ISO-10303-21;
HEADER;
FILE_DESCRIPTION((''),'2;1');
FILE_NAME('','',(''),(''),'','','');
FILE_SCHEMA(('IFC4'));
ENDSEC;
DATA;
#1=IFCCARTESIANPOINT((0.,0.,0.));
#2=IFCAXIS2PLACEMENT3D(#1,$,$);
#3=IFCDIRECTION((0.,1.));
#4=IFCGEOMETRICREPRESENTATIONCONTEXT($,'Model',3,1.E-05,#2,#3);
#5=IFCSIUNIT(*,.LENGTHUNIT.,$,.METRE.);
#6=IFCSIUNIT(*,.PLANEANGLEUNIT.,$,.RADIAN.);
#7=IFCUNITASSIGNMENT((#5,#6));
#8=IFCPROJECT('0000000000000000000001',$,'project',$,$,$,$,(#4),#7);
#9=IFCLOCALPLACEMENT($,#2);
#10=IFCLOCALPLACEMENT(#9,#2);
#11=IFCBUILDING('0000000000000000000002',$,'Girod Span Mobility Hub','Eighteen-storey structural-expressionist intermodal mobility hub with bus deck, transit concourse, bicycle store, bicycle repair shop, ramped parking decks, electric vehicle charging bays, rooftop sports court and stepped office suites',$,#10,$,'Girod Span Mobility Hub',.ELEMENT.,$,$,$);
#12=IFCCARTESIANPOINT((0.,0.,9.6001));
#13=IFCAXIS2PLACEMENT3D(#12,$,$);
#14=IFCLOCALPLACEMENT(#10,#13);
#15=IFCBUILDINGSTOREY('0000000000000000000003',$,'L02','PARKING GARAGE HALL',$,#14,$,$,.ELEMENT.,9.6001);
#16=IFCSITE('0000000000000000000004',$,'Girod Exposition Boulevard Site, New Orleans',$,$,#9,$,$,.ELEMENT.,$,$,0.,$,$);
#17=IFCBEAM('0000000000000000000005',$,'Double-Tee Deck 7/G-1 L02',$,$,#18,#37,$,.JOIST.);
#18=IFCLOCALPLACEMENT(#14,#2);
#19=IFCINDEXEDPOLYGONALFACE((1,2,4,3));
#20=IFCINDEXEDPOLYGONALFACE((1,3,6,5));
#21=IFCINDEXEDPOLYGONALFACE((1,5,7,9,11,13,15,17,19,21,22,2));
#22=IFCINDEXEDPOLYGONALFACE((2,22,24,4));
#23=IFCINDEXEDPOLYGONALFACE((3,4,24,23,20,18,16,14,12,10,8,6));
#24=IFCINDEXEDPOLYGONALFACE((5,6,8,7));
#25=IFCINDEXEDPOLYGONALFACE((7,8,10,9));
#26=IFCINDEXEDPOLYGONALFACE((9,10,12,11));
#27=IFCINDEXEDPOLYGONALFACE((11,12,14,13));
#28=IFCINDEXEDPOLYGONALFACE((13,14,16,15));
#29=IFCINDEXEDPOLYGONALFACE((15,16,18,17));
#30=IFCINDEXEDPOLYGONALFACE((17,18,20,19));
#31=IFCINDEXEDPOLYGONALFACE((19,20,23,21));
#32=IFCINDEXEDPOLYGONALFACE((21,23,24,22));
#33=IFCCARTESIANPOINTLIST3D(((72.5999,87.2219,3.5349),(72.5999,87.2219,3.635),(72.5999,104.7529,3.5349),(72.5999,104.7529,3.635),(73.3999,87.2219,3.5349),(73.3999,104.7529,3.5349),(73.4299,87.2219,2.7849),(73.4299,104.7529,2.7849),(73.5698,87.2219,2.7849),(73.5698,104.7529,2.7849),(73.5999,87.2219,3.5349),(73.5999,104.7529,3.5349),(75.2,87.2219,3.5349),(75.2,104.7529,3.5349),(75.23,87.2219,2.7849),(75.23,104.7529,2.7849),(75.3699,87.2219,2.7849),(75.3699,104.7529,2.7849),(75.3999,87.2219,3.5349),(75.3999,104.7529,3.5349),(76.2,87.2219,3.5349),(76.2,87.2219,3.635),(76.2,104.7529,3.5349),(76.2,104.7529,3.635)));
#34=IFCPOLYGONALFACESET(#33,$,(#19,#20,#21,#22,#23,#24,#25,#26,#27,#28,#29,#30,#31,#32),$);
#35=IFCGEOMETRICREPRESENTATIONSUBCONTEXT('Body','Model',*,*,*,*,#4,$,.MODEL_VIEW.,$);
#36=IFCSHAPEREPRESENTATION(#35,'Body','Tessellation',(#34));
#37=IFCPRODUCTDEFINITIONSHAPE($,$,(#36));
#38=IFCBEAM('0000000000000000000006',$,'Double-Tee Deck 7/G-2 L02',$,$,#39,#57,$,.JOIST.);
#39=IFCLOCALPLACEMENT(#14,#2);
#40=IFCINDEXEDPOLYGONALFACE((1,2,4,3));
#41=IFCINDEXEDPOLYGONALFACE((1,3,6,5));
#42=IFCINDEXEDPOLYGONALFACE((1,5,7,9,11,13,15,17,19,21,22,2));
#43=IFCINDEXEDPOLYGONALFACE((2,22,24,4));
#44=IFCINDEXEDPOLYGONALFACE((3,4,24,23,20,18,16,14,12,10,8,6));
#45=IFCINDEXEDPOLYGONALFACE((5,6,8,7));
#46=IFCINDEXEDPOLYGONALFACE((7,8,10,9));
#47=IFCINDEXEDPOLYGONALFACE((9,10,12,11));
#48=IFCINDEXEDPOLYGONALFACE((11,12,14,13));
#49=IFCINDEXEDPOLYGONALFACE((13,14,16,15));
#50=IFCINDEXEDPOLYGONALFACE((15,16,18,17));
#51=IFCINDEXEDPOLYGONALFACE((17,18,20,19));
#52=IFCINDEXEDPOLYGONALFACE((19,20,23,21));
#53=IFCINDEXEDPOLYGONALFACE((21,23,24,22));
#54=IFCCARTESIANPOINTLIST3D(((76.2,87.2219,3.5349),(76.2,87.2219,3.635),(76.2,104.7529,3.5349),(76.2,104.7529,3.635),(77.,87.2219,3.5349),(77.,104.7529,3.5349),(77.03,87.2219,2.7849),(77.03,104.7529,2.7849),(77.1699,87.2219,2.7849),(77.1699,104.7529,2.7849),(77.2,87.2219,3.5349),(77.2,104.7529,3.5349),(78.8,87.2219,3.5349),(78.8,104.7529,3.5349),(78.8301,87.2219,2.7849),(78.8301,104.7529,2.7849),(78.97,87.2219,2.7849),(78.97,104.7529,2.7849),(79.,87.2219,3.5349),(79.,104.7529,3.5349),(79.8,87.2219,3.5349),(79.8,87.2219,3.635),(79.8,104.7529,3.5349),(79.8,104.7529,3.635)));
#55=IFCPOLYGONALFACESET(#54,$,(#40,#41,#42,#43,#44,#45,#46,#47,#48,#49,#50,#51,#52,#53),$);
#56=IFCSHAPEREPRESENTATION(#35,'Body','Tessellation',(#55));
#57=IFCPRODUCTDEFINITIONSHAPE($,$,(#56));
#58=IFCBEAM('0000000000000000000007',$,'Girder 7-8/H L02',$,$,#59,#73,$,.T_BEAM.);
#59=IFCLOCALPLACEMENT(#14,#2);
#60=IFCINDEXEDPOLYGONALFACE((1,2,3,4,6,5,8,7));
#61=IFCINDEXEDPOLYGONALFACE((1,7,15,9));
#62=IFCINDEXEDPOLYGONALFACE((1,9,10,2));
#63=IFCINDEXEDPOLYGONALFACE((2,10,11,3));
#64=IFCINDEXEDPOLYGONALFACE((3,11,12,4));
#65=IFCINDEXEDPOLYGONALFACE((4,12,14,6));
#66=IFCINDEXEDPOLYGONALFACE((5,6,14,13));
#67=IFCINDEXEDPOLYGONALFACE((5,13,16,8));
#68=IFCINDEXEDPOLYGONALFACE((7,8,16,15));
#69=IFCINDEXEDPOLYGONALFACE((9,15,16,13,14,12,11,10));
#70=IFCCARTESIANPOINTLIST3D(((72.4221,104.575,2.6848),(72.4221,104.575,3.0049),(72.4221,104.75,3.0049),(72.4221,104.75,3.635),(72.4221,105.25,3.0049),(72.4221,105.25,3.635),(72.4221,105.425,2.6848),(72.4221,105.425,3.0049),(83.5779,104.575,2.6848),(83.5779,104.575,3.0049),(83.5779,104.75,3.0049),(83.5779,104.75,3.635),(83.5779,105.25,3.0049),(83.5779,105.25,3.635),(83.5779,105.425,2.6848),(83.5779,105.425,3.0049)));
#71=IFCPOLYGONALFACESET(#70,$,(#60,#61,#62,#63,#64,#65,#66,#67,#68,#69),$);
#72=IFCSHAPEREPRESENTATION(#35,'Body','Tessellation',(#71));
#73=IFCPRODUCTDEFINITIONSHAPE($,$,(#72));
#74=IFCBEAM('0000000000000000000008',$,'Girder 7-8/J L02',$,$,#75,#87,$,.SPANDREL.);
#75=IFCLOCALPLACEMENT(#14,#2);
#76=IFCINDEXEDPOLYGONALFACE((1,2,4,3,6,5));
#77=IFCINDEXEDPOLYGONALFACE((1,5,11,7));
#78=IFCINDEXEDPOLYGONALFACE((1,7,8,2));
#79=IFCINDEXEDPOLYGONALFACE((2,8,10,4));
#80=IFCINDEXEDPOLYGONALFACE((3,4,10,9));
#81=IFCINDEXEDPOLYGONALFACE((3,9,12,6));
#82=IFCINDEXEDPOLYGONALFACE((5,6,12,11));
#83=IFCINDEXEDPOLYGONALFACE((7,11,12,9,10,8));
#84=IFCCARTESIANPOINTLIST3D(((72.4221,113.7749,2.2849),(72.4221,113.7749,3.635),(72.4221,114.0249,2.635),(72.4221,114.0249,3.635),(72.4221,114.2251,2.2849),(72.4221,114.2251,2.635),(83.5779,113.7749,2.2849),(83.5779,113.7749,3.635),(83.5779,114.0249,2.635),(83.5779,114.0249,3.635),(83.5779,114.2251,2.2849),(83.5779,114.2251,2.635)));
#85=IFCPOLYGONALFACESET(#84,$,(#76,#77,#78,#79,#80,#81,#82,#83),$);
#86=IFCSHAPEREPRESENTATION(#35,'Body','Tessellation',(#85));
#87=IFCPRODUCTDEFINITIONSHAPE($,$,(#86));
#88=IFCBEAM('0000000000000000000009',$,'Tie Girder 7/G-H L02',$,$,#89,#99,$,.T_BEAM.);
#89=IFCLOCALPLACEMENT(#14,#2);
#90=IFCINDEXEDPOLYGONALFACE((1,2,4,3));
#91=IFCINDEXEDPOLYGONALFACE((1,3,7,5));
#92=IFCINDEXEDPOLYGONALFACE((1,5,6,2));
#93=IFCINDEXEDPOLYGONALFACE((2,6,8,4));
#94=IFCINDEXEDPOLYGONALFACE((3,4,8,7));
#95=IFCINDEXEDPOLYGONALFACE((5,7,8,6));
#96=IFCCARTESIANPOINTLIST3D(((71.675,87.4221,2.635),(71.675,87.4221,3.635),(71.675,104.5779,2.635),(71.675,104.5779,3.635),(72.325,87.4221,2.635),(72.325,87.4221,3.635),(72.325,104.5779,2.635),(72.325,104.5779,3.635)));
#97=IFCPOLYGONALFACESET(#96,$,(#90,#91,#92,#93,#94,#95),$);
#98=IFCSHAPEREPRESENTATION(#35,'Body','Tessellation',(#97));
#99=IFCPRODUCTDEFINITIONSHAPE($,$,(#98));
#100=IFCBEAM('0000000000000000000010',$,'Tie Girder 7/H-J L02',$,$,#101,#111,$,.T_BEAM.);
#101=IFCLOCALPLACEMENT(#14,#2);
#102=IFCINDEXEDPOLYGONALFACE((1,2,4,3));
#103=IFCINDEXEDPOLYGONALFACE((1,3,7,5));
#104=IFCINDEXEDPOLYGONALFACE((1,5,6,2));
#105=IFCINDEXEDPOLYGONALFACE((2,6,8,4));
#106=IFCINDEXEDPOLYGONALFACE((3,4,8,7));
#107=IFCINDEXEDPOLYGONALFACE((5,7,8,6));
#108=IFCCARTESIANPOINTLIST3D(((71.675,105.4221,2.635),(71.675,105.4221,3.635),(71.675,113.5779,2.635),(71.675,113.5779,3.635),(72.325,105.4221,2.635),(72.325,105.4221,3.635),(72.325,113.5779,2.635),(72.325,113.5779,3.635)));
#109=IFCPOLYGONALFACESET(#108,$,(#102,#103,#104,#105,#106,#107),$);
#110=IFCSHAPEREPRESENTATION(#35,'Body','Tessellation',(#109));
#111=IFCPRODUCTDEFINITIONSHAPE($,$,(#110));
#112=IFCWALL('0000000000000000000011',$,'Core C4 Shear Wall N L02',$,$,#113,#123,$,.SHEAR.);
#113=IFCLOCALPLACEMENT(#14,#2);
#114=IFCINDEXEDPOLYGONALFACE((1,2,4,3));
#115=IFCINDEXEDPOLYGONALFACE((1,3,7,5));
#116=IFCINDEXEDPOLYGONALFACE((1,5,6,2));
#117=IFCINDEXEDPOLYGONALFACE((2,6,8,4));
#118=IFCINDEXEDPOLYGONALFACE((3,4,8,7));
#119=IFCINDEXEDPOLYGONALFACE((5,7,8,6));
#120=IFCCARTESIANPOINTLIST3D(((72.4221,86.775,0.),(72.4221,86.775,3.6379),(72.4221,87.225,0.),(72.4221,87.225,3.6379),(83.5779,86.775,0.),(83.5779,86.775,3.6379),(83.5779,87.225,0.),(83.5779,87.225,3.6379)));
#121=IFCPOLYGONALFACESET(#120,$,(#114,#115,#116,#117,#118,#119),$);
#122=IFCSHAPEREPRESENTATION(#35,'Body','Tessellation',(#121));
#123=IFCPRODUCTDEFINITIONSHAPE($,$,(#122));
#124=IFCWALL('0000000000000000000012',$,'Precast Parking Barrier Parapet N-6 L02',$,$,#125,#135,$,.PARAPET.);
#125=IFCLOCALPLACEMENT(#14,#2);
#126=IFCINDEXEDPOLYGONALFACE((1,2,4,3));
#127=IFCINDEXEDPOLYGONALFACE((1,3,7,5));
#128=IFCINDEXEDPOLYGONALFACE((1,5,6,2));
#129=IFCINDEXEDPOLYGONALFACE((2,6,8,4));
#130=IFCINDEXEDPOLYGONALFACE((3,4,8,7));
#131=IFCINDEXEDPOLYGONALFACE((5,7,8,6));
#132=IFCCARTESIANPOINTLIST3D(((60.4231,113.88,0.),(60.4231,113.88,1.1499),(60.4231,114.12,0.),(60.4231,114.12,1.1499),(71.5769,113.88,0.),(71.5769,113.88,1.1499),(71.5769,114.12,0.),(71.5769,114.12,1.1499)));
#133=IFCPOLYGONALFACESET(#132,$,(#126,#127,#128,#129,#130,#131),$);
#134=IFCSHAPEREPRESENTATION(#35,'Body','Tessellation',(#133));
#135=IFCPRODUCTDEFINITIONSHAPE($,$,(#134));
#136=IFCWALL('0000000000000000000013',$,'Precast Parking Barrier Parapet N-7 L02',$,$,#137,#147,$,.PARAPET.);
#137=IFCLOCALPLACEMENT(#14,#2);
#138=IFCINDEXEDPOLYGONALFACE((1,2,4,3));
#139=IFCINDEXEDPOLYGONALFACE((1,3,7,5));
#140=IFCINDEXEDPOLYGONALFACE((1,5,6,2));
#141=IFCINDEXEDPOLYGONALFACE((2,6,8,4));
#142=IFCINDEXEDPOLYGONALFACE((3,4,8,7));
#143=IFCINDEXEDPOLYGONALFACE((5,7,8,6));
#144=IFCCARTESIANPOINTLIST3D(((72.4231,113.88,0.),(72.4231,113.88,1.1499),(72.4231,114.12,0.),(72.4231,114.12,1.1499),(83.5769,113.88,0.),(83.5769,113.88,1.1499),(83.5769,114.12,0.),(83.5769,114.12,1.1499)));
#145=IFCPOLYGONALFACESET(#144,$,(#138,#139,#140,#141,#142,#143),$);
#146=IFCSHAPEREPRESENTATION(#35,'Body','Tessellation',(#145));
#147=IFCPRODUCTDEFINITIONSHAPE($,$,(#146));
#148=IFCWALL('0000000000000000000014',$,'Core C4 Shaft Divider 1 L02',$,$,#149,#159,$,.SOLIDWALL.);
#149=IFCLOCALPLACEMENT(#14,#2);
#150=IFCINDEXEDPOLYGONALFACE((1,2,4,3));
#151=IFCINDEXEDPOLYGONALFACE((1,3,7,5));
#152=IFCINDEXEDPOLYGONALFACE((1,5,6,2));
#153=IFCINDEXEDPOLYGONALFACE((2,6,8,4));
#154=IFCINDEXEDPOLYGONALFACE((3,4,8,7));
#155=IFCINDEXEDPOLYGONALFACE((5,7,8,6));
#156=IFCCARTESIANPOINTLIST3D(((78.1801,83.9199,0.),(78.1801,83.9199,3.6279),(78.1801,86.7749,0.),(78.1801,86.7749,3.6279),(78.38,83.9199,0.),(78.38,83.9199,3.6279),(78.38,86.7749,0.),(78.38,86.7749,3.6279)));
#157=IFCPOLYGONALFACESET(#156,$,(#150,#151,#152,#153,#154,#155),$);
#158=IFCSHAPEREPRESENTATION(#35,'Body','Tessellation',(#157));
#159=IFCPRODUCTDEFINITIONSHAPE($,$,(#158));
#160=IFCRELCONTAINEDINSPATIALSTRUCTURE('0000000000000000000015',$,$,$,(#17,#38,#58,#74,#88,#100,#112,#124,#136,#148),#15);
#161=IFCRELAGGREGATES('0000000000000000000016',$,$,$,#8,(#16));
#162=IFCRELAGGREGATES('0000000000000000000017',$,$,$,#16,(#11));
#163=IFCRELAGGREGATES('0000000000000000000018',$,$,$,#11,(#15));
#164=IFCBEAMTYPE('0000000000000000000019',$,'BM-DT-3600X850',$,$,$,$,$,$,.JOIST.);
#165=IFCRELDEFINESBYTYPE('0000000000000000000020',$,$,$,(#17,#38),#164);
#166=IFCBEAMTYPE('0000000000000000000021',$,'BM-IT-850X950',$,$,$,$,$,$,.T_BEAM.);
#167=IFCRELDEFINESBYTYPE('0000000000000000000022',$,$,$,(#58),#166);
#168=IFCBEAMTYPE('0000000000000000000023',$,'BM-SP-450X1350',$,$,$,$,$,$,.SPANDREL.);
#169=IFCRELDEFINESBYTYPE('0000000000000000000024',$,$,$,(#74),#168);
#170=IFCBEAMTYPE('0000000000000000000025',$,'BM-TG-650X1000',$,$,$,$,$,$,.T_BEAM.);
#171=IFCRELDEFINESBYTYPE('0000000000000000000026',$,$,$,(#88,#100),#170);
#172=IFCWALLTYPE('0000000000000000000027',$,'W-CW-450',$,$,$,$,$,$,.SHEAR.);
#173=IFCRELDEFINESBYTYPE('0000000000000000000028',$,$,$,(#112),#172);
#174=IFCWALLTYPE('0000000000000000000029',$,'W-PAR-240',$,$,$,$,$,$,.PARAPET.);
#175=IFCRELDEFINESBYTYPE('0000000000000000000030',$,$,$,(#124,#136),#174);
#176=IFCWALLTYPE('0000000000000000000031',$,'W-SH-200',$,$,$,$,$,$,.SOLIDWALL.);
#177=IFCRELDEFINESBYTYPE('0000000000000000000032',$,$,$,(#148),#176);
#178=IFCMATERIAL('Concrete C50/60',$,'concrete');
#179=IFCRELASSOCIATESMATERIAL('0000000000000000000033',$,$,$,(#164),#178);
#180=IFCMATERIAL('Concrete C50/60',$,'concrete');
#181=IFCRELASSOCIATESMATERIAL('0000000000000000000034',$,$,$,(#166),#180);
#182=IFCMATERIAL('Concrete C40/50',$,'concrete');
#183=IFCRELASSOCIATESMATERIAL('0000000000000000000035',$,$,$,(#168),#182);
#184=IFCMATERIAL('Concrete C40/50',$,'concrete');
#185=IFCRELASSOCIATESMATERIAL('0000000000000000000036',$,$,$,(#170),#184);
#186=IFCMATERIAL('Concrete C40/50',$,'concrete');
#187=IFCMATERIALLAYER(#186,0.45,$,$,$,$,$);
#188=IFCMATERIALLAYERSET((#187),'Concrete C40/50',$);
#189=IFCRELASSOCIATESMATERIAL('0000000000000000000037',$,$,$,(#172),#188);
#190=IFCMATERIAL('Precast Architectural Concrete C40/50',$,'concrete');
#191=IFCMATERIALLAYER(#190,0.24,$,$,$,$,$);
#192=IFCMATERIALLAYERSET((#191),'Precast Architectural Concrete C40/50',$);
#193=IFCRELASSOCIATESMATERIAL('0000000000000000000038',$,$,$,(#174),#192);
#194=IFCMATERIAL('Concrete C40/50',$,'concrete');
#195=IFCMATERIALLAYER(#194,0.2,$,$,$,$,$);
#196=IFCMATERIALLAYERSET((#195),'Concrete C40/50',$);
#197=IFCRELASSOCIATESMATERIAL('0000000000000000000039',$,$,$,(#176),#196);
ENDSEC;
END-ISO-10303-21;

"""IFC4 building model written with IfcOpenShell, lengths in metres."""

from ifc_helpers import new_model, si_unit, direction, frame, frame_2d, origin, origin_2d, place, context, subcontext, project, spatial, polyline, rectangle, outline, extrude, material, layer, layer_set, material_profile, profile_set, type_object, element, save


model = new_model("IFC4")

# Units and contexts
model_context = context("Model", 3, precision=1e-05, world=origin(), true_north=direction((0.0, 1.0)))
body_context = subcontext(model_context, "Body", "Model", "MODEL_VIEW")
ifc_project = project(units=[si_unit("LENGTHUNIT", "METRE"), si_unit("PLANEANGLEUNIT", "RADIAN")], contexts=[model_context])

# Site, building, storey
site_placement = place(None, origin())
site = spatial("IfcSite", under=ifc_project, at=site_placement, Name="Girod Exposition Boulevard Site, New Orleans", CompositionType="ELEMENT", RefElevation=0.0)
building_placement = place(site_placement, origin())
building = spatial("IfcBuilding", under=site, at=building_placement, Name="Girod Span Mobility Hub", Description="Eighteen-storey structural-expressionist intermodal mobility hub with bus deck, transit concourse, bicycle store, bicycle repair shop, ramped parking decks, electric vehicle charging bays, rooftop sports court and stepped office suites", LongName="Girod Span Mobility Hub", CompositionType="ELEMENT")
storey_placement = place(building_placement, frame((0.0, 0.0, 9.6001)))
storey = spatial("IfcBuildingStorey", under=building, at=storey_placement, Name="L02", Description="PARKING GARAGE HALL", CompositionType="ELEMENT", Elevation=9.6001)

# Beams
ifc_material_1 = material(Name="Concrete C50/60", Category="concrete")
ifc_material_profile_1 = material_profile(ifc_material_1, outline(polyline([(-1.8, 0.425), (-1.8, 0.325), (-1.0, 0.325), (-0.97, -0.425), (-0.8301, -0.425), (-0.8, 0.325), (0.8, 0.325), (0.8301, -0.425), (0.97, -0.425), (1.0, 0.325), (1.8, 0.325), (1.8, 0.425), (-1.8, 0.425)])), Name="DT-3600X850")
ifc_profile_set_1 = profile_set([ifc_material_profile_1], Name="Concrete C50/60")
beam_type_1 = type_object("IfcBeamType", Name="BM-DT-3600X850", PredefinedType="JOIST", material=ifc_profile_set_1)
for number, where, z_axis, x_axis, name in (
    (1, (74.3999, 87.2219, 3.21), (0.0, 1.0, 0.0), (-1.0, 0.0, 0.0), "Double-Tee Deck 7/G-1 L02"),
    (2, (78.0, 87.2219, 3.21), (0.0, 1.0, 0.0), (-1.0, 0.0, 0.0), "Double-Tee Deck 7/G-2 L02"),
):
    element("IfcBeam", number, at=place(storey_placement, frame(where, z_axis=z_axis, x_axis=x_axis)), inside=storey, type_object=beam_type_1, Name=name, PredefinedType="JOIST", context=body_context, shape_type="SweptSolid", body=[
        extrude(outline(polyline([(-1.8, 0.425), (-1.8, 0.325), (-1.0, 0.325), (-0.97, -0.425), (-0.8301, -0.425), (-0.8, 0.325), (0.8, 0.325), (0.8301, -0.425), (0.97, -0.425), (1.0, 0.325), (1.8, 0.325), (1.8, 0.425), (-1.8, 0.425)])), origin(), (0.0, 0.0, 1.0), 17.531),
    ])
ifc_material_2 = material(Name="Concrete C50/60", Category="concrete")
ifc_material_profile_2 = material_profile(ifc_material_2, outline(polyline([(-0.425, -0.4751), (0.425, -0.4751), (0.425, -0.155), (0.25, -0.155), (0.25, 0.4751), (-0.25, 0.4751), (-0.25, -0.155), (-0.425, -0.155), (-0.425, -0.4751)])), Name="IT-850X950")
ifc_profile_set_2 = profile_set([ifc_material_profile_2], Name="Concrete C50/60")
beam_type_2 = type_object("IfcBeamType", Name="BM-IT-850X950", PredefinedType="T_BEAM", material=ifc_profile_set_2)
beam_1_placement = place(storey_placement, frame((72.4221, 105.0, 3.1599), z_axis=(1.0, 0.0, 0.0), x_axis=(0.0, 1.0, 0.0)))
element("IfcBeam", 3, at=beam_1_placement, inside=storey, type_object=beam_type_2, Name="Girder 7-8/H L02", PredefinedType="T_BEAM", context=body_context, shape_type="SweptSolid", body=[
    extrude(outline(polyline([(-0.425, -0.4751), (0.425, -0.4751), (0.425, -0.155), (0.25, -0.155), (0.25, 0.4751), (-0.25, 0.4751), (-0.25, -0.155), (-0.425, -0.155), (-0.425, -0.4751)])), origin(), (0.0, 0.0, 1.0), 11.1558),
])
ifc_material_3 = material(Name="Concrete C40/50", Category="concrete")
ifc_material_profile_3 = material_profile(ifc_material_3, outline(polyline([(-0.2251, -0.675), (0.2251, -0.675), (0.2251, -0.325), (0.0249, -0.325), (0.0249, 0.675), (-0.2251, 0.675), (-0.2251, -0.675)])), Name="SP-450X1350")
ifc_profile_set_3 = profile_set([ifc_material_profile_3], Name="Concrete C40/50")
beam_type_3 = type_object("IfcBeamType", Name="BM-SP-450X1350", PredefinedType="SPANDREL", material=ifc_profile_set_3)
beam_2_placement = place(storey_placement, frame((72.4221, 114.0, 2.96), z_axis=(1.0, 0.0, 0.0), x_axis=(0.0, 1.0, 0.0)))
element("IfcBeam", 4, at=beam_2_placement, inside=storey, type_object=beam_type_3, Name="Girder 7-8/J L02", PredefinedType="SPANDREL", context=body_context, shape_type="SweptSolid", body=[
    extrude(outline(polyline([(-0.2251, -0.675), (0.2251, -0.675), (0.2251, -0.325), (0.0249, -0.325), (0.0249, 0.675), (-0.2251, 0.675), (-0.2251, -0.675)])), origin(), (0.0, 0.0, 1.0), 11.1558),
])
ifc_material_4 = material(Name="Concrete C40/50", Category="concrete")
ifc_material_profile_4 = material_profile(ifc_material_4, rectangle(XDim=0.6499, YDim=1.0, at=origin_2d()), Name="TG-650X1000")
ifc_profile_set_4 = profile_set([ifc_material_profile_4], Name="Concrete C40/50")
beam_type_4 = type_object("IfcBeamType", Name="BM-TG-650X1000", PredefinedType="T_BEAM", material=ifc_profile_set_4)
beam_3_placement = place(storey_placement, frame((72.0, 87.4221, 3.135), z_axis=(0.0, 1.0, 0.0), x_axis=(-1.0, 0.0, 0.0)))
element("IfcBeam", 5, at=beam_3_placement, inside=storey, type_object=beam_type_4, Name="Tie Girder 7/G-H L02", PredefinedType="T_BEAM", context=body_context, shape_type="SweptSolid", body=[
    extrude(rectangle(XDim=0.6499, YDim=1.0, at=origin_2d()), origin(), (0.0, 0.0, 1.0), 17.1558),
])
beam_4_placement = place(storey_placement, frame((72.0, 105.4221, 3.135), z_axis=(0.0, 1.0, 0.0), x_axis=(-1.0, 0.0, 0.0)))
element("IfcBeam", 6, at=beam_4_placement, inside=storey, type_object=beam_type_4, Name="Tie Girder 7/H-J L02", PredefinedType="T_BEAM", context=body_context, shape_type="SweptSolid", body=[
    extrude(rectangle(XDim=0.6499, YDim=1.0, at=origin_2d()), origin(), (0.0, 0.0, 1.0), 8.1558),
])

# Walls
ifc_material_5 = material(Name="Concrete C40/50", Category="concrete")
ifc_layer_1 = layer(ifc_material_5, 0.45)
ifc_layer_set_1 = layer_set([ifc_layer_1], Name="Concrete C40/50")
wall_type_1 = type_object("IfcWallType", Name="W-CW-450", PredefinedType="SHEAR", material=ifc_layer_set_1)
wall_1_placement = place(storey_placement, frame((72.4221, 87.0, 0.0), z_axis=(0.0, 0.0, 1.0), x_axis=(1.0, 0.0, 0.0)))
element("IfcWall", 7, at=wall_1_placement, inside=storey, type_object=wall_type_1, Name="Core C4 Shear Wall N L02", PredefinedType="SHEAR", context=body_context, shape_type="SweptSolid", body=[
    extrude(rectangle(XDim=11.1558, YDim=0.45, at=frame_2d((5.5779, 0.0))), origin(), (0.0, 0.0, 1.0), 3.6379),
])
ifc_material_6 = material(Name="Precast Architectural Concrete C40/50", Category="concrete")
ifc_layer_2 = layer(ifc_material_6, 0.24)
ifc_layer_set_2 = layer_set([ifc_layer_2], Name="Precast Architectural Concrete C40/50")
wall_type_2 = type_object("IfcWallType", Name="W-PAR-240", PredefinedType="PARAPET", material=ifc_layer_set_2)
for number, where, z_axis, x_axis, name in (
    (8, (60.4231, 114.0, 0.0), (0.0, 0.0, 1.0), (1.0, 0.0, 0.0), "Precast Parking Barrier Parapet N-6 L02"),
    (9, (72.4231, 114.0, 0.0), (0.0, 0.0, 1.0), (1.0, 0.0, 0.0), "Precast Parking Barrier Parapet N-7 L02"),
):
    element("IfcWall", number, at=place(storey_placement, frame(where, z_axis=z_axis, x_axis=x_axis)), inside=storey, type_object=wall_type_2, Name=name, PredefinedType="PARAPET", context=body_context, shape_type="SweptSolid", body=[
        extrude(rectangle(XDim=11.1538, YDim=0.24, at=frame_2d((5.5769, 0.0))), origin(), (0.0, 0.0, 1.0), 1.1499),
    ])
ifc_material_7 = material(Name="Concrete C40/50", Category="concrete")
ifc_layer_3 = layer(ifc_material_7, 0.2)
ifc_layer_set_3 = layer_set([ifc_layer_3], Name="Concrete C40/50")
wall_type_3 = type_object("IfcWallType", Name="W-SH-200", PredefinedType="SOLIDWALL", material=ifc_layer_set_3)
wall_2_placement = place(storey_placement, frame((78.28, 83.9199, 0.0), z_axis=(0.0, 0.0, 1.0), x_axis=(0.0, 1.0, 0.0)))
element("IfcWall", 10, at=wall_2_placement, inside=storey, type_object=wall_type_3, Name="Core C4 Shaft Divider 1 L02", PredefinedType="SOLIDWALL", context=body_context, shape_type="SweptSolid", body=[
    extrude(rectangle(XDim=2.855, YDim=0.2, at=frame_2d((1.4275, 0.0))), origin(), (0.0, 0.0, 1.0), 3.6279),
])

save(model, "model.ifc")
